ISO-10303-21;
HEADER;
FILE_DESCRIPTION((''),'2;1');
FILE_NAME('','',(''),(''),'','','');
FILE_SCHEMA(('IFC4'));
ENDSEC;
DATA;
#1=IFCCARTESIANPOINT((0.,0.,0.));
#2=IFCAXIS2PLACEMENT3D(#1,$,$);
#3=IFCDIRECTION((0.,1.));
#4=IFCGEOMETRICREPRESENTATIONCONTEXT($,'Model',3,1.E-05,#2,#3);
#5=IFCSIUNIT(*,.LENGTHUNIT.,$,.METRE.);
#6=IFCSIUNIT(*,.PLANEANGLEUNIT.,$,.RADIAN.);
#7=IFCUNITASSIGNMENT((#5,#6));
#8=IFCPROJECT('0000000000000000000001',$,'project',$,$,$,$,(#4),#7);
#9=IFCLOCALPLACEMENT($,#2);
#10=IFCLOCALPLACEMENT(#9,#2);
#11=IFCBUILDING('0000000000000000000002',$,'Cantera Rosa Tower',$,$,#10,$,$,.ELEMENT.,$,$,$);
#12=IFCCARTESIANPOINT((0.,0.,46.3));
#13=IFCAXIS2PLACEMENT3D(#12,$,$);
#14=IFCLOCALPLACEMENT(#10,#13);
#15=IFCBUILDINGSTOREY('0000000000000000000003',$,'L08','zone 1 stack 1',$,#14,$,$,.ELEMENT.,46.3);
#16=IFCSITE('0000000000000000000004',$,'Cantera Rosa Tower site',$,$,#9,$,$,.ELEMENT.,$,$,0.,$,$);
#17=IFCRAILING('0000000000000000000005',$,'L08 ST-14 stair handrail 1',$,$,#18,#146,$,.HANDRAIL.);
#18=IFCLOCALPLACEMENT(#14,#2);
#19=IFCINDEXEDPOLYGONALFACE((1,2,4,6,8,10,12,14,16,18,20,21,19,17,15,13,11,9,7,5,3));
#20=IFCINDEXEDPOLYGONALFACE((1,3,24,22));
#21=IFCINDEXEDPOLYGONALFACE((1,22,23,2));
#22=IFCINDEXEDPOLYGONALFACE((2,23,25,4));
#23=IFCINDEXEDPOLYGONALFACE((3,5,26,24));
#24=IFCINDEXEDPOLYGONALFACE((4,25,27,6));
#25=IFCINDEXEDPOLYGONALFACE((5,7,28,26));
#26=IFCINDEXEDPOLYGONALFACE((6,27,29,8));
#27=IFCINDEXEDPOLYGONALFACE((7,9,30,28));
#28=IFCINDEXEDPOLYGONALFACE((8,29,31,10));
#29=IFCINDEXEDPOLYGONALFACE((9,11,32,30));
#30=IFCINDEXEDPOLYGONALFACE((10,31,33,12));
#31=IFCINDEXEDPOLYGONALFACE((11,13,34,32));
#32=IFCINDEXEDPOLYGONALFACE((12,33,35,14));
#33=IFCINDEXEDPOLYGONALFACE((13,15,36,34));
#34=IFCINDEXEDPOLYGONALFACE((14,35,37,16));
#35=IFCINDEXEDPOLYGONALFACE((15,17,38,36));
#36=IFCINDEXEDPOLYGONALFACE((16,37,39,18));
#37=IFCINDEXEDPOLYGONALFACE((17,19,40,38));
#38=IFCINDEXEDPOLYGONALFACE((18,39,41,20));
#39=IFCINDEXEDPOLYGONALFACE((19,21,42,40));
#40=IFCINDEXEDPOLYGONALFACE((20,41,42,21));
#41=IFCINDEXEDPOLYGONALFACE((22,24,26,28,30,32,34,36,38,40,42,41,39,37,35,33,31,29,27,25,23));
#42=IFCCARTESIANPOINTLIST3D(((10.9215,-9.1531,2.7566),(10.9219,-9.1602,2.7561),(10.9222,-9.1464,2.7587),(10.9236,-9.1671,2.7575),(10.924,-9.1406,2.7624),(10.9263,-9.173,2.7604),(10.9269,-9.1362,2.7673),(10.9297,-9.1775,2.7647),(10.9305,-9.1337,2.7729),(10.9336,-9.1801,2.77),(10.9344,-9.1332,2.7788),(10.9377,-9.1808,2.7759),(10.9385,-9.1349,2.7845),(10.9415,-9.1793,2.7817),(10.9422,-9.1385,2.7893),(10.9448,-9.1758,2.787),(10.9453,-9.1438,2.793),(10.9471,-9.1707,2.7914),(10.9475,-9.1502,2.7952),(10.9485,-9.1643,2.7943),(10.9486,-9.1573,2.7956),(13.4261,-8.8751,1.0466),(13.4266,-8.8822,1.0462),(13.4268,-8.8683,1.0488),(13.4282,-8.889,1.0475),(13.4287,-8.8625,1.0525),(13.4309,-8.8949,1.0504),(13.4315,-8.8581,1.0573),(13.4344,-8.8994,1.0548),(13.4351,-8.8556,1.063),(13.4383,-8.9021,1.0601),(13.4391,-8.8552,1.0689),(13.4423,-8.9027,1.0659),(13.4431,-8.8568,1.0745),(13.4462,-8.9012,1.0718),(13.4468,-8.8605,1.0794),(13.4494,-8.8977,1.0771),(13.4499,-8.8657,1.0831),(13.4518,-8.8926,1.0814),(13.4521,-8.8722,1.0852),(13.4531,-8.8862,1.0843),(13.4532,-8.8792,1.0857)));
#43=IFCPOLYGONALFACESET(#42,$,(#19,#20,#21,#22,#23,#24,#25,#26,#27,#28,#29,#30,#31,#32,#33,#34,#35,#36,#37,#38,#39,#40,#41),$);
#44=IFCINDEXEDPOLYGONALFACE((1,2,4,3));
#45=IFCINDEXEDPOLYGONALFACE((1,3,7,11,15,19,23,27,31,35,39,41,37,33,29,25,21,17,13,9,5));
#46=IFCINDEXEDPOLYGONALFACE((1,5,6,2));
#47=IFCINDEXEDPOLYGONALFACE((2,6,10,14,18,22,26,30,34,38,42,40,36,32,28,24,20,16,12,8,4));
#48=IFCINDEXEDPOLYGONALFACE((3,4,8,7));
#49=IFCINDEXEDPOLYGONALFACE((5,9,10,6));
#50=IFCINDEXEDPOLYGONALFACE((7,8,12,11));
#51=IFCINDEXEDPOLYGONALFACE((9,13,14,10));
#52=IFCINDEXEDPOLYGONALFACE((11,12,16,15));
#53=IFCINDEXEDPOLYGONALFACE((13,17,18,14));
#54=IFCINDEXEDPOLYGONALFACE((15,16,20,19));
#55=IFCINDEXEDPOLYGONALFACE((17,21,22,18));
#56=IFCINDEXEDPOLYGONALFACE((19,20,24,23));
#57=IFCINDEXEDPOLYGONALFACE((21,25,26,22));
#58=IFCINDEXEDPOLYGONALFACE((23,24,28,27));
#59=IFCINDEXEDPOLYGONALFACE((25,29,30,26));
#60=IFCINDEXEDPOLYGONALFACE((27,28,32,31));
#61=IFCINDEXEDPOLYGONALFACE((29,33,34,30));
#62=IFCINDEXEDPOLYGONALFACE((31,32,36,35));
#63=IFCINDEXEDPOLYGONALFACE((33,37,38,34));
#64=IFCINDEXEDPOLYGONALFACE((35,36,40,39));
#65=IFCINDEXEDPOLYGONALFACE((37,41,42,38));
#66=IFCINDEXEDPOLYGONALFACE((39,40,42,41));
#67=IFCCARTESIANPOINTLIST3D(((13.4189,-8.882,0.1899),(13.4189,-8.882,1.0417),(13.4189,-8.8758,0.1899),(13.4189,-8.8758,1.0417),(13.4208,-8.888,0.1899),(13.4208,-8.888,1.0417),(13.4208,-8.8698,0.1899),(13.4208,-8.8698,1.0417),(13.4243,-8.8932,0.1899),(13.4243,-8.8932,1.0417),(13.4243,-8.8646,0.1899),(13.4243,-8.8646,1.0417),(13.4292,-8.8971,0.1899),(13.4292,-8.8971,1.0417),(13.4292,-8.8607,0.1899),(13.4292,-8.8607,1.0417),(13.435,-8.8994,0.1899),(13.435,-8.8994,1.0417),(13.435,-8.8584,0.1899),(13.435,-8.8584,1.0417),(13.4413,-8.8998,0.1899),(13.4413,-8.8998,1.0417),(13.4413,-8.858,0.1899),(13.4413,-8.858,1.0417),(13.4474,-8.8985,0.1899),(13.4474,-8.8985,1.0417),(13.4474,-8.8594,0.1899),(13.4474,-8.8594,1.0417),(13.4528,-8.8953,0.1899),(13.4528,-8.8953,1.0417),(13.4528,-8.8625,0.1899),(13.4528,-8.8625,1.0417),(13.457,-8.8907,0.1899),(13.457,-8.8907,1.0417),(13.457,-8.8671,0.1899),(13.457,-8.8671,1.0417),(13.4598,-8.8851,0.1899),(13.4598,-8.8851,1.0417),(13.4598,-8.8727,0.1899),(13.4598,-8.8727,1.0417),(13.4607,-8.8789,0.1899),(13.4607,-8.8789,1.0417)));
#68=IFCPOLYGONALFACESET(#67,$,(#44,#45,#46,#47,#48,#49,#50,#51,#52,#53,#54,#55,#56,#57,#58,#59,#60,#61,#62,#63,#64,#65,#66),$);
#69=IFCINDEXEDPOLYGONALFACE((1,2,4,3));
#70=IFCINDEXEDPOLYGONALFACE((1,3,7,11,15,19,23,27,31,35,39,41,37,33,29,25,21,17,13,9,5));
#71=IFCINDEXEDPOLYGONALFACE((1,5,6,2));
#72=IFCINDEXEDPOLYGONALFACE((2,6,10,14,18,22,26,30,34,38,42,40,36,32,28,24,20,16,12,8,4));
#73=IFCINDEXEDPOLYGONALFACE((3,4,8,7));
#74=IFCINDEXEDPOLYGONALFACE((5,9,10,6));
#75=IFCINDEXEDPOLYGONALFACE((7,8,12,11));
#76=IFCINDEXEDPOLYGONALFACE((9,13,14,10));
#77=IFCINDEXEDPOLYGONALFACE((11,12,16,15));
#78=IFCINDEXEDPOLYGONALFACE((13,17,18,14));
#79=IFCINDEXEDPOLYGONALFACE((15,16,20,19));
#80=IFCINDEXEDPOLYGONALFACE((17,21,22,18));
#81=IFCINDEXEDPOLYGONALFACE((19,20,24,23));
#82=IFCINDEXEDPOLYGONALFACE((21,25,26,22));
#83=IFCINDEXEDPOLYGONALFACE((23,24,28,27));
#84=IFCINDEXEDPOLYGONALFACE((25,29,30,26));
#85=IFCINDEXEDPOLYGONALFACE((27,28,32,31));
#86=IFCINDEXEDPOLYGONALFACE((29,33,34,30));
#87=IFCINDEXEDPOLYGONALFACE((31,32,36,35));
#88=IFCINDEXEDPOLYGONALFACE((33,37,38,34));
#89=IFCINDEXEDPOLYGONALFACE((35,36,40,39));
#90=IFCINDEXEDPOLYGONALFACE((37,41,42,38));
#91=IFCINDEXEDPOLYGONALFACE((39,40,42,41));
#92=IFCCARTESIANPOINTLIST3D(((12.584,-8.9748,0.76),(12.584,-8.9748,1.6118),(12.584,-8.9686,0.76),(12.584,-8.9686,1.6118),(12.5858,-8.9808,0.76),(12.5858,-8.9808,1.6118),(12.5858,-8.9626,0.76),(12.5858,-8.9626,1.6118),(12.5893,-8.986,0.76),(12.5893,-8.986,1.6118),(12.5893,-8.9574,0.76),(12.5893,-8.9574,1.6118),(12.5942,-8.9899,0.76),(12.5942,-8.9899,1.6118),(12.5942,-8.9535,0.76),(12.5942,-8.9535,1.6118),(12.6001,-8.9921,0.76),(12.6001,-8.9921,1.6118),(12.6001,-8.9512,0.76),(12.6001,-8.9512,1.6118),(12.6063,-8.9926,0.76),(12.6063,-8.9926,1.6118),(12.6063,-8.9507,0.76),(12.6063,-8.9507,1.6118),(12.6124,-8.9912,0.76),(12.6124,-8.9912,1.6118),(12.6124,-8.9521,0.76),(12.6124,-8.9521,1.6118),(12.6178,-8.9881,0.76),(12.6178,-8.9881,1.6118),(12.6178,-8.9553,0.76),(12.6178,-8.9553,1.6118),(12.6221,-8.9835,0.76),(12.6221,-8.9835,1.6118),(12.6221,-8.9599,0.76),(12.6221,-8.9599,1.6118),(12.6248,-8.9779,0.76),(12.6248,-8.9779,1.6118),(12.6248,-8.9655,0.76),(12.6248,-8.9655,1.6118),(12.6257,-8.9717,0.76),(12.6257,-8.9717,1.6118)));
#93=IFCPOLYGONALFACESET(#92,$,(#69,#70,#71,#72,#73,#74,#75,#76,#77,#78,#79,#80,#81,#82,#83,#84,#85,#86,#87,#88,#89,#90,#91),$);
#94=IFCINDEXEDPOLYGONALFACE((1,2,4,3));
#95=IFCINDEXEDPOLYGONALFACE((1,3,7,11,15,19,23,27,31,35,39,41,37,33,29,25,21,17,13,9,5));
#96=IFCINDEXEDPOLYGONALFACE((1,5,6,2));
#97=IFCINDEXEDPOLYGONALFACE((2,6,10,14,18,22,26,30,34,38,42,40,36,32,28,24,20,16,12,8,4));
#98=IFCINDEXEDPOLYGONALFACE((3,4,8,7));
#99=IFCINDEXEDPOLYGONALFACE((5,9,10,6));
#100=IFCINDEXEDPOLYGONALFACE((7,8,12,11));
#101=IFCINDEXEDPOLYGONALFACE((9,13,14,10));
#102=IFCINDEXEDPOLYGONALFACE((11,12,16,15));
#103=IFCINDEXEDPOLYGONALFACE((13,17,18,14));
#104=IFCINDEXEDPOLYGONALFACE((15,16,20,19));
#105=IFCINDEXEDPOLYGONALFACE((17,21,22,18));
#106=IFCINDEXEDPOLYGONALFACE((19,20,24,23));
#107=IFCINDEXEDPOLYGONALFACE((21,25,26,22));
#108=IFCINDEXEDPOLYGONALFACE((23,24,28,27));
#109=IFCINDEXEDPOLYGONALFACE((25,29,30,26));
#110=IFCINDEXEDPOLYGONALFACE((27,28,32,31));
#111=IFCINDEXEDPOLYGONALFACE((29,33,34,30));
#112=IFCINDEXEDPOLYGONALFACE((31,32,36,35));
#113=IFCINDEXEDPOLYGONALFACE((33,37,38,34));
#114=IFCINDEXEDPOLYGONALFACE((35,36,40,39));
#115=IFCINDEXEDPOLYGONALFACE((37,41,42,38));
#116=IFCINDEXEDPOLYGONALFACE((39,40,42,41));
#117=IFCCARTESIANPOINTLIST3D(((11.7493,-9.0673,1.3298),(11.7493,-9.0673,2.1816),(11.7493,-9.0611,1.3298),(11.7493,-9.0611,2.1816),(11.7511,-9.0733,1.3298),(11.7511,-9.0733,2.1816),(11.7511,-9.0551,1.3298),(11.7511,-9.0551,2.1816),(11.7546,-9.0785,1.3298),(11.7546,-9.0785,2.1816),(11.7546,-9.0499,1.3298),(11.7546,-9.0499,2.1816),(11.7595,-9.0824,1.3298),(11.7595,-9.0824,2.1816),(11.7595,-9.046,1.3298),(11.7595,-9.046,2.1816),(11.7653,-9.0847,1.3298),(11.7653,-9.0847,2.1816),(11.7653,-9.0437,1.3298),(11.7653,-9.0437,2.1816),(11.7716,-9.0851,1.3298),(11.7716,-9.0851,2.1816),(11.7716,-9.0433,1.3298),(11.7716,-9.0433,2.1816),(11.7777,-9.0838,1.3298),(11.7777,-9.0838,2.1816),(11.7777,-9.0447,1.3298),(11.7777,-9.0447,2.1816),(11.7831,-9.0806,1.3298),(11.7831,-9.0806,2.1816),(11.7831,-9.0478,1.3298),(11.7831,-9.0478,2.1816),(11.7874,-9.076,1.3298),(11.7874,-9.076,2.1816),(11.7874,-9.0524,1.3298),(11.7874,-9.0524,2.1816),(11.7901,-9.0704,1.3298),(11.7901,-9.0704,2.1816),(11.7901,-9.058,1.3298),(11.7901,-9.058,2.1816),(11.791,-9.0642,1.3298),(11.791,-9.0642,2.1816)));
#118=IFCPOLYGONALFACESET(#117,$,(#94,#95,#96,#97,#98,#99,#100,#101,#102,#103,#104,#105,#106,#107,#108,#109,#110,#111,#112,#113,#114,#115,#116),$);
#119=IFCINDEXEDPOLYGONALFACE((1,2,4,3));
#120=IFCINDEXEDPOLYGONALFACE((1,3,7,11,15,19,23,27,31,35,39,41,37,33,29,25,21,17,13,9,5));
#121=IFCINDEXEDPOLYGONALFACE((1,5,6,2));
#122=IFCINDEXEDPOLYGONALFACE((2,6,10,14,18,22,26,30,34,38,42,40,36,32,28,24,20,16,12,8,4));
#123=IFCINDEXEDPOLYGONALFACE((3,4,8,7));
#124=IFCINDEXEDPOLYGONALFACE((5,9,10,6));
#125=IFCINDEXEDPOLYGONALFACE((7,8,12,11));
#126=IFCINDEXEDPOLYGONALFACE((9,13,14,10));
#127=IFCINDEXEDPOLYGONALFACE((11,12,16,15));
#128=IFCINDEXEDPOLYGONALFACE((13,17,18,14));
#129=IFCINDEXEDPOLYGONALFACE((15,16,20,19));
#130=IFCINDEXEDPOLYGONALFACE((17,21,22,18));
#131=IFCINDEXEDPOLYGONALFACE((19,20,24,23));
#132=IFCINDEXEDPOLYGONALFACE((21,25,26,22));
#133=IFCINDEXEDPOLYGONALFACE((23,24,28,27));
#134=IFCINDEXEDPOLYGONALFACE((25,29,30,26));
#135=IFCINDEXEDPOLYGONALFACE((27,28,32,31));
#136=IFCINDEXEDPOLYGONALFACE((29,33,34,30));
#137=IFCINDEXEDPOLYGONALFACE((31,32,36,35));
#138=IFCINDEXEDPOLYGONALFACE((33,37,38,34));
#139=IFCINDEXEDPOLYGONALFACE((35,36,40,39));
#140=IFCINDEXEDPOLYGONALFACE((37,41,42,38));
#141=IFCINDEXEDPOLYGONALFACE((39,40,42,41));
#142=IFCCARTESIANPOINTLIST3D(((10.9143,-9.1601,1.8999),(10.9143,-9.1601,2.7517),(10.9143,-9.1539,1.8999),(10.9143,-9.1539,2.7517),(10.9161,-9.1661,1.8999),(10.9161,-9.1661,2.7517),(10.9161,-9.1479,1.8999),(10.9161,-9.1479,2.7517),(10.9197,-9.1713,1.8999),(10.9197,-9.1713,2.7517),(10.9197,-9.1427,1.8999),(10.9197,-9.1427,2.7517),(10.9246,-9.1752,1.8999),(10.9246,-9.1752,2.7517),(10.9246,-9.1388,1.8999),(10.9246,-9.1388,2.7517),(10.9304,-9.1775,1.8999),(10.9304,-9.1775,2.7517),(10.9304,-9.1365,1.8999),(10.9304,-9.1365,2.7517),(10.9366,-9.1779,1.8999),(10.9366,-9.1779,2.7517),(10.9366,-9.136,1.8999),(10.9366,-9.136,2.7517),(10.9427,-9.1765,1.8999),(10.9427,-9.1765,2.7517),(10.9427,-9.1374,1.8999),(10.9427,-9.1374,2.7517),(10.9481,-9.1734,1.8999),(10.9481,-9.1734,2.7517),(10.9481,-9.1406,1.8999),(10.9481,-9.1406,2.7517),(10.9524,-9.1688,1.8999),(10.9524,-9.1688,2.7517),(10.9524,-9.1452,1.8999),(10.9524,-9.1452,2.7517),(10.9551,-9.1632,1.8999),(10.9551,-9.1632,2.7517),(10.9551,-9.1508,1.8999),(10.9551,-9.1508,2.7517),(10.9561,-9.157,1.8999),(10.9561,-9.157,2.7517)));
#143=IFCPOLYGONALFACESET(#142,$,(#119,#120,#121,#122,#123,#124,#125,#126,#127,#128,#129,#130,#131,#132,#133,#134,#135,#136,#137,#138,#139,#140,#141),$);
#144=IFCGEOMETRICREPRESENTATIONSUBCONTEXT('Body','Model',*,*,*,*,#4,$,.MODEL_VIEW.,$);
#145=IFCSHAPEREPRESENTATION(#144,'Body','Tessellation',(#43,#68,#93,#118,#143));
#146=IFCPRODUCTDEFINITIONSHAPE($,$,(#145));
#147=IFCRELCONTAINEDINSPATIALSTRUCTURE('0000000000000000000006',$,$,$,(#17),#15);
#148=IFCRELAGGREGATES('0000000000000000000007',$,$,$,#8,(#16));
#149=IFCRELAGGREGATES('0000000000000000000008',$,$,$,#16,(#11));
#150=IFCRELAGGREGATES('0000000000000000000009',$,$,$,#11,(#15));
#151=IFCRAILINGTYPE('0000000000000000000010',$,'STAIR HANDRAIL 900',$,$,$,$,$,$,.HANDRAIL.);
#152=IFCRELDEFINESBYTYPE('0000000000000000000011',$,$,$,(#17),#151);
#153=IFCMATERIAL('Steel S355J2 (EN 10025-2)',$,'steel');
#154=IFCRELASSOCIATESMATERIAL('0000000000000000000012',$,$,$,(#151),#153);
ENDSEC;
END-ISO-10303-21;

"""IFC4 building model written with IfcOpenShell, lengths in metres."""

from ifc_helpers import new_model, si_unit, direction, frame, origin, origin_2d, place, context, subcontext, project, spatial, circle, extrude, material, type_object, element, save


model = new_model("IFC4")

# Units and contexts
model_context = context("Model", 3, precision=1e-05, world=origin(), true_north=direction((0.0, 1.0)))
body_context = subcontext(model_context, "Body", "Model", "MODEL_VIEW")
ifc_project = project(units=[si_unit("LENGTHUNIT", "METRE"), si_unit("PLANEANGLEUNIT", "RADIAN")], contexts=[model_context])

# Site, building, storey
site_placement = place(None, origin())
site = spatial("IfcSite", under=ifc_project, at=site_placement, Name="Cantera Rosa Tower site", CompositionType="ELEMENT", RefElevation=0.0)
building_placement = place(site_placement, origin())
building = spatial("IfcBuilding", under=site, at=building_placement, Name="Cantera Rosa Tower", CompositionType="ELEMENT")
storey_placement = place(building_placement, frame((0.0, 0.0, 46.3)))
storey = spatial("IfcBuildingStorey", under=building, at=storey_placement, Name="L08", Description="zone 1 stack 1", CompositionType="ELEMENT", Elevation=46.3)

# Railing
ifc_material_1 = material(Name="Steel S355J2 (EN 10025-2)", Category="steel")
railing_type_1 = type_object("IfcRailingType", Name="STAIR HANDRAIL 900", PredefinedType="HANDRAIL", material=ifc_material_1)
railing_1_placement = place(storey_placement, frame((13.4397, -8.8789, 0.1899)))
element("IfcRailing", 1, at=railing_1_placement, inside=storey, type_object=railing_type_1, Name="L08 ST-14 stair handrail 1", PredefinedType="HANDRAIL", context=body_context, shape_type="SweptSolid", body=[
    extrude(circle(Radius=0.0239, at=origin_2d()), frame((0.0, 0.0, 0.876), z_axis=(-0.822431, -0.09131, 0.561488), x_axis=(0.110346, -0.993893, 0.0)), (0.0, 0.0, 1.0), 3.0454),
    extrude(circle(Radius=0.021, at=origin_2d()), origin(), (0.0, 0.0, 1.0), 0.8518),
    extrude(circle(Radius=0.021, at=origin_2d()), frame((-0.835, -0.0928, 0.5701)), (0.0, 0.0, 1.0), 0.8518),
    extrude(circle(Radius=0.021, at=origin_2d()), frame((-1.6697, -0.1853, 1.1399)), (0.0, 0.0, 1.0), 0.8518),
    extrude(circle(Radius=0.021, at=origin_2d()), frame((-2.5046, -0.2781, 1.71)), (0.0, 0.0, 1.0), 0.8518),
])

save(model, "model.ifc")
